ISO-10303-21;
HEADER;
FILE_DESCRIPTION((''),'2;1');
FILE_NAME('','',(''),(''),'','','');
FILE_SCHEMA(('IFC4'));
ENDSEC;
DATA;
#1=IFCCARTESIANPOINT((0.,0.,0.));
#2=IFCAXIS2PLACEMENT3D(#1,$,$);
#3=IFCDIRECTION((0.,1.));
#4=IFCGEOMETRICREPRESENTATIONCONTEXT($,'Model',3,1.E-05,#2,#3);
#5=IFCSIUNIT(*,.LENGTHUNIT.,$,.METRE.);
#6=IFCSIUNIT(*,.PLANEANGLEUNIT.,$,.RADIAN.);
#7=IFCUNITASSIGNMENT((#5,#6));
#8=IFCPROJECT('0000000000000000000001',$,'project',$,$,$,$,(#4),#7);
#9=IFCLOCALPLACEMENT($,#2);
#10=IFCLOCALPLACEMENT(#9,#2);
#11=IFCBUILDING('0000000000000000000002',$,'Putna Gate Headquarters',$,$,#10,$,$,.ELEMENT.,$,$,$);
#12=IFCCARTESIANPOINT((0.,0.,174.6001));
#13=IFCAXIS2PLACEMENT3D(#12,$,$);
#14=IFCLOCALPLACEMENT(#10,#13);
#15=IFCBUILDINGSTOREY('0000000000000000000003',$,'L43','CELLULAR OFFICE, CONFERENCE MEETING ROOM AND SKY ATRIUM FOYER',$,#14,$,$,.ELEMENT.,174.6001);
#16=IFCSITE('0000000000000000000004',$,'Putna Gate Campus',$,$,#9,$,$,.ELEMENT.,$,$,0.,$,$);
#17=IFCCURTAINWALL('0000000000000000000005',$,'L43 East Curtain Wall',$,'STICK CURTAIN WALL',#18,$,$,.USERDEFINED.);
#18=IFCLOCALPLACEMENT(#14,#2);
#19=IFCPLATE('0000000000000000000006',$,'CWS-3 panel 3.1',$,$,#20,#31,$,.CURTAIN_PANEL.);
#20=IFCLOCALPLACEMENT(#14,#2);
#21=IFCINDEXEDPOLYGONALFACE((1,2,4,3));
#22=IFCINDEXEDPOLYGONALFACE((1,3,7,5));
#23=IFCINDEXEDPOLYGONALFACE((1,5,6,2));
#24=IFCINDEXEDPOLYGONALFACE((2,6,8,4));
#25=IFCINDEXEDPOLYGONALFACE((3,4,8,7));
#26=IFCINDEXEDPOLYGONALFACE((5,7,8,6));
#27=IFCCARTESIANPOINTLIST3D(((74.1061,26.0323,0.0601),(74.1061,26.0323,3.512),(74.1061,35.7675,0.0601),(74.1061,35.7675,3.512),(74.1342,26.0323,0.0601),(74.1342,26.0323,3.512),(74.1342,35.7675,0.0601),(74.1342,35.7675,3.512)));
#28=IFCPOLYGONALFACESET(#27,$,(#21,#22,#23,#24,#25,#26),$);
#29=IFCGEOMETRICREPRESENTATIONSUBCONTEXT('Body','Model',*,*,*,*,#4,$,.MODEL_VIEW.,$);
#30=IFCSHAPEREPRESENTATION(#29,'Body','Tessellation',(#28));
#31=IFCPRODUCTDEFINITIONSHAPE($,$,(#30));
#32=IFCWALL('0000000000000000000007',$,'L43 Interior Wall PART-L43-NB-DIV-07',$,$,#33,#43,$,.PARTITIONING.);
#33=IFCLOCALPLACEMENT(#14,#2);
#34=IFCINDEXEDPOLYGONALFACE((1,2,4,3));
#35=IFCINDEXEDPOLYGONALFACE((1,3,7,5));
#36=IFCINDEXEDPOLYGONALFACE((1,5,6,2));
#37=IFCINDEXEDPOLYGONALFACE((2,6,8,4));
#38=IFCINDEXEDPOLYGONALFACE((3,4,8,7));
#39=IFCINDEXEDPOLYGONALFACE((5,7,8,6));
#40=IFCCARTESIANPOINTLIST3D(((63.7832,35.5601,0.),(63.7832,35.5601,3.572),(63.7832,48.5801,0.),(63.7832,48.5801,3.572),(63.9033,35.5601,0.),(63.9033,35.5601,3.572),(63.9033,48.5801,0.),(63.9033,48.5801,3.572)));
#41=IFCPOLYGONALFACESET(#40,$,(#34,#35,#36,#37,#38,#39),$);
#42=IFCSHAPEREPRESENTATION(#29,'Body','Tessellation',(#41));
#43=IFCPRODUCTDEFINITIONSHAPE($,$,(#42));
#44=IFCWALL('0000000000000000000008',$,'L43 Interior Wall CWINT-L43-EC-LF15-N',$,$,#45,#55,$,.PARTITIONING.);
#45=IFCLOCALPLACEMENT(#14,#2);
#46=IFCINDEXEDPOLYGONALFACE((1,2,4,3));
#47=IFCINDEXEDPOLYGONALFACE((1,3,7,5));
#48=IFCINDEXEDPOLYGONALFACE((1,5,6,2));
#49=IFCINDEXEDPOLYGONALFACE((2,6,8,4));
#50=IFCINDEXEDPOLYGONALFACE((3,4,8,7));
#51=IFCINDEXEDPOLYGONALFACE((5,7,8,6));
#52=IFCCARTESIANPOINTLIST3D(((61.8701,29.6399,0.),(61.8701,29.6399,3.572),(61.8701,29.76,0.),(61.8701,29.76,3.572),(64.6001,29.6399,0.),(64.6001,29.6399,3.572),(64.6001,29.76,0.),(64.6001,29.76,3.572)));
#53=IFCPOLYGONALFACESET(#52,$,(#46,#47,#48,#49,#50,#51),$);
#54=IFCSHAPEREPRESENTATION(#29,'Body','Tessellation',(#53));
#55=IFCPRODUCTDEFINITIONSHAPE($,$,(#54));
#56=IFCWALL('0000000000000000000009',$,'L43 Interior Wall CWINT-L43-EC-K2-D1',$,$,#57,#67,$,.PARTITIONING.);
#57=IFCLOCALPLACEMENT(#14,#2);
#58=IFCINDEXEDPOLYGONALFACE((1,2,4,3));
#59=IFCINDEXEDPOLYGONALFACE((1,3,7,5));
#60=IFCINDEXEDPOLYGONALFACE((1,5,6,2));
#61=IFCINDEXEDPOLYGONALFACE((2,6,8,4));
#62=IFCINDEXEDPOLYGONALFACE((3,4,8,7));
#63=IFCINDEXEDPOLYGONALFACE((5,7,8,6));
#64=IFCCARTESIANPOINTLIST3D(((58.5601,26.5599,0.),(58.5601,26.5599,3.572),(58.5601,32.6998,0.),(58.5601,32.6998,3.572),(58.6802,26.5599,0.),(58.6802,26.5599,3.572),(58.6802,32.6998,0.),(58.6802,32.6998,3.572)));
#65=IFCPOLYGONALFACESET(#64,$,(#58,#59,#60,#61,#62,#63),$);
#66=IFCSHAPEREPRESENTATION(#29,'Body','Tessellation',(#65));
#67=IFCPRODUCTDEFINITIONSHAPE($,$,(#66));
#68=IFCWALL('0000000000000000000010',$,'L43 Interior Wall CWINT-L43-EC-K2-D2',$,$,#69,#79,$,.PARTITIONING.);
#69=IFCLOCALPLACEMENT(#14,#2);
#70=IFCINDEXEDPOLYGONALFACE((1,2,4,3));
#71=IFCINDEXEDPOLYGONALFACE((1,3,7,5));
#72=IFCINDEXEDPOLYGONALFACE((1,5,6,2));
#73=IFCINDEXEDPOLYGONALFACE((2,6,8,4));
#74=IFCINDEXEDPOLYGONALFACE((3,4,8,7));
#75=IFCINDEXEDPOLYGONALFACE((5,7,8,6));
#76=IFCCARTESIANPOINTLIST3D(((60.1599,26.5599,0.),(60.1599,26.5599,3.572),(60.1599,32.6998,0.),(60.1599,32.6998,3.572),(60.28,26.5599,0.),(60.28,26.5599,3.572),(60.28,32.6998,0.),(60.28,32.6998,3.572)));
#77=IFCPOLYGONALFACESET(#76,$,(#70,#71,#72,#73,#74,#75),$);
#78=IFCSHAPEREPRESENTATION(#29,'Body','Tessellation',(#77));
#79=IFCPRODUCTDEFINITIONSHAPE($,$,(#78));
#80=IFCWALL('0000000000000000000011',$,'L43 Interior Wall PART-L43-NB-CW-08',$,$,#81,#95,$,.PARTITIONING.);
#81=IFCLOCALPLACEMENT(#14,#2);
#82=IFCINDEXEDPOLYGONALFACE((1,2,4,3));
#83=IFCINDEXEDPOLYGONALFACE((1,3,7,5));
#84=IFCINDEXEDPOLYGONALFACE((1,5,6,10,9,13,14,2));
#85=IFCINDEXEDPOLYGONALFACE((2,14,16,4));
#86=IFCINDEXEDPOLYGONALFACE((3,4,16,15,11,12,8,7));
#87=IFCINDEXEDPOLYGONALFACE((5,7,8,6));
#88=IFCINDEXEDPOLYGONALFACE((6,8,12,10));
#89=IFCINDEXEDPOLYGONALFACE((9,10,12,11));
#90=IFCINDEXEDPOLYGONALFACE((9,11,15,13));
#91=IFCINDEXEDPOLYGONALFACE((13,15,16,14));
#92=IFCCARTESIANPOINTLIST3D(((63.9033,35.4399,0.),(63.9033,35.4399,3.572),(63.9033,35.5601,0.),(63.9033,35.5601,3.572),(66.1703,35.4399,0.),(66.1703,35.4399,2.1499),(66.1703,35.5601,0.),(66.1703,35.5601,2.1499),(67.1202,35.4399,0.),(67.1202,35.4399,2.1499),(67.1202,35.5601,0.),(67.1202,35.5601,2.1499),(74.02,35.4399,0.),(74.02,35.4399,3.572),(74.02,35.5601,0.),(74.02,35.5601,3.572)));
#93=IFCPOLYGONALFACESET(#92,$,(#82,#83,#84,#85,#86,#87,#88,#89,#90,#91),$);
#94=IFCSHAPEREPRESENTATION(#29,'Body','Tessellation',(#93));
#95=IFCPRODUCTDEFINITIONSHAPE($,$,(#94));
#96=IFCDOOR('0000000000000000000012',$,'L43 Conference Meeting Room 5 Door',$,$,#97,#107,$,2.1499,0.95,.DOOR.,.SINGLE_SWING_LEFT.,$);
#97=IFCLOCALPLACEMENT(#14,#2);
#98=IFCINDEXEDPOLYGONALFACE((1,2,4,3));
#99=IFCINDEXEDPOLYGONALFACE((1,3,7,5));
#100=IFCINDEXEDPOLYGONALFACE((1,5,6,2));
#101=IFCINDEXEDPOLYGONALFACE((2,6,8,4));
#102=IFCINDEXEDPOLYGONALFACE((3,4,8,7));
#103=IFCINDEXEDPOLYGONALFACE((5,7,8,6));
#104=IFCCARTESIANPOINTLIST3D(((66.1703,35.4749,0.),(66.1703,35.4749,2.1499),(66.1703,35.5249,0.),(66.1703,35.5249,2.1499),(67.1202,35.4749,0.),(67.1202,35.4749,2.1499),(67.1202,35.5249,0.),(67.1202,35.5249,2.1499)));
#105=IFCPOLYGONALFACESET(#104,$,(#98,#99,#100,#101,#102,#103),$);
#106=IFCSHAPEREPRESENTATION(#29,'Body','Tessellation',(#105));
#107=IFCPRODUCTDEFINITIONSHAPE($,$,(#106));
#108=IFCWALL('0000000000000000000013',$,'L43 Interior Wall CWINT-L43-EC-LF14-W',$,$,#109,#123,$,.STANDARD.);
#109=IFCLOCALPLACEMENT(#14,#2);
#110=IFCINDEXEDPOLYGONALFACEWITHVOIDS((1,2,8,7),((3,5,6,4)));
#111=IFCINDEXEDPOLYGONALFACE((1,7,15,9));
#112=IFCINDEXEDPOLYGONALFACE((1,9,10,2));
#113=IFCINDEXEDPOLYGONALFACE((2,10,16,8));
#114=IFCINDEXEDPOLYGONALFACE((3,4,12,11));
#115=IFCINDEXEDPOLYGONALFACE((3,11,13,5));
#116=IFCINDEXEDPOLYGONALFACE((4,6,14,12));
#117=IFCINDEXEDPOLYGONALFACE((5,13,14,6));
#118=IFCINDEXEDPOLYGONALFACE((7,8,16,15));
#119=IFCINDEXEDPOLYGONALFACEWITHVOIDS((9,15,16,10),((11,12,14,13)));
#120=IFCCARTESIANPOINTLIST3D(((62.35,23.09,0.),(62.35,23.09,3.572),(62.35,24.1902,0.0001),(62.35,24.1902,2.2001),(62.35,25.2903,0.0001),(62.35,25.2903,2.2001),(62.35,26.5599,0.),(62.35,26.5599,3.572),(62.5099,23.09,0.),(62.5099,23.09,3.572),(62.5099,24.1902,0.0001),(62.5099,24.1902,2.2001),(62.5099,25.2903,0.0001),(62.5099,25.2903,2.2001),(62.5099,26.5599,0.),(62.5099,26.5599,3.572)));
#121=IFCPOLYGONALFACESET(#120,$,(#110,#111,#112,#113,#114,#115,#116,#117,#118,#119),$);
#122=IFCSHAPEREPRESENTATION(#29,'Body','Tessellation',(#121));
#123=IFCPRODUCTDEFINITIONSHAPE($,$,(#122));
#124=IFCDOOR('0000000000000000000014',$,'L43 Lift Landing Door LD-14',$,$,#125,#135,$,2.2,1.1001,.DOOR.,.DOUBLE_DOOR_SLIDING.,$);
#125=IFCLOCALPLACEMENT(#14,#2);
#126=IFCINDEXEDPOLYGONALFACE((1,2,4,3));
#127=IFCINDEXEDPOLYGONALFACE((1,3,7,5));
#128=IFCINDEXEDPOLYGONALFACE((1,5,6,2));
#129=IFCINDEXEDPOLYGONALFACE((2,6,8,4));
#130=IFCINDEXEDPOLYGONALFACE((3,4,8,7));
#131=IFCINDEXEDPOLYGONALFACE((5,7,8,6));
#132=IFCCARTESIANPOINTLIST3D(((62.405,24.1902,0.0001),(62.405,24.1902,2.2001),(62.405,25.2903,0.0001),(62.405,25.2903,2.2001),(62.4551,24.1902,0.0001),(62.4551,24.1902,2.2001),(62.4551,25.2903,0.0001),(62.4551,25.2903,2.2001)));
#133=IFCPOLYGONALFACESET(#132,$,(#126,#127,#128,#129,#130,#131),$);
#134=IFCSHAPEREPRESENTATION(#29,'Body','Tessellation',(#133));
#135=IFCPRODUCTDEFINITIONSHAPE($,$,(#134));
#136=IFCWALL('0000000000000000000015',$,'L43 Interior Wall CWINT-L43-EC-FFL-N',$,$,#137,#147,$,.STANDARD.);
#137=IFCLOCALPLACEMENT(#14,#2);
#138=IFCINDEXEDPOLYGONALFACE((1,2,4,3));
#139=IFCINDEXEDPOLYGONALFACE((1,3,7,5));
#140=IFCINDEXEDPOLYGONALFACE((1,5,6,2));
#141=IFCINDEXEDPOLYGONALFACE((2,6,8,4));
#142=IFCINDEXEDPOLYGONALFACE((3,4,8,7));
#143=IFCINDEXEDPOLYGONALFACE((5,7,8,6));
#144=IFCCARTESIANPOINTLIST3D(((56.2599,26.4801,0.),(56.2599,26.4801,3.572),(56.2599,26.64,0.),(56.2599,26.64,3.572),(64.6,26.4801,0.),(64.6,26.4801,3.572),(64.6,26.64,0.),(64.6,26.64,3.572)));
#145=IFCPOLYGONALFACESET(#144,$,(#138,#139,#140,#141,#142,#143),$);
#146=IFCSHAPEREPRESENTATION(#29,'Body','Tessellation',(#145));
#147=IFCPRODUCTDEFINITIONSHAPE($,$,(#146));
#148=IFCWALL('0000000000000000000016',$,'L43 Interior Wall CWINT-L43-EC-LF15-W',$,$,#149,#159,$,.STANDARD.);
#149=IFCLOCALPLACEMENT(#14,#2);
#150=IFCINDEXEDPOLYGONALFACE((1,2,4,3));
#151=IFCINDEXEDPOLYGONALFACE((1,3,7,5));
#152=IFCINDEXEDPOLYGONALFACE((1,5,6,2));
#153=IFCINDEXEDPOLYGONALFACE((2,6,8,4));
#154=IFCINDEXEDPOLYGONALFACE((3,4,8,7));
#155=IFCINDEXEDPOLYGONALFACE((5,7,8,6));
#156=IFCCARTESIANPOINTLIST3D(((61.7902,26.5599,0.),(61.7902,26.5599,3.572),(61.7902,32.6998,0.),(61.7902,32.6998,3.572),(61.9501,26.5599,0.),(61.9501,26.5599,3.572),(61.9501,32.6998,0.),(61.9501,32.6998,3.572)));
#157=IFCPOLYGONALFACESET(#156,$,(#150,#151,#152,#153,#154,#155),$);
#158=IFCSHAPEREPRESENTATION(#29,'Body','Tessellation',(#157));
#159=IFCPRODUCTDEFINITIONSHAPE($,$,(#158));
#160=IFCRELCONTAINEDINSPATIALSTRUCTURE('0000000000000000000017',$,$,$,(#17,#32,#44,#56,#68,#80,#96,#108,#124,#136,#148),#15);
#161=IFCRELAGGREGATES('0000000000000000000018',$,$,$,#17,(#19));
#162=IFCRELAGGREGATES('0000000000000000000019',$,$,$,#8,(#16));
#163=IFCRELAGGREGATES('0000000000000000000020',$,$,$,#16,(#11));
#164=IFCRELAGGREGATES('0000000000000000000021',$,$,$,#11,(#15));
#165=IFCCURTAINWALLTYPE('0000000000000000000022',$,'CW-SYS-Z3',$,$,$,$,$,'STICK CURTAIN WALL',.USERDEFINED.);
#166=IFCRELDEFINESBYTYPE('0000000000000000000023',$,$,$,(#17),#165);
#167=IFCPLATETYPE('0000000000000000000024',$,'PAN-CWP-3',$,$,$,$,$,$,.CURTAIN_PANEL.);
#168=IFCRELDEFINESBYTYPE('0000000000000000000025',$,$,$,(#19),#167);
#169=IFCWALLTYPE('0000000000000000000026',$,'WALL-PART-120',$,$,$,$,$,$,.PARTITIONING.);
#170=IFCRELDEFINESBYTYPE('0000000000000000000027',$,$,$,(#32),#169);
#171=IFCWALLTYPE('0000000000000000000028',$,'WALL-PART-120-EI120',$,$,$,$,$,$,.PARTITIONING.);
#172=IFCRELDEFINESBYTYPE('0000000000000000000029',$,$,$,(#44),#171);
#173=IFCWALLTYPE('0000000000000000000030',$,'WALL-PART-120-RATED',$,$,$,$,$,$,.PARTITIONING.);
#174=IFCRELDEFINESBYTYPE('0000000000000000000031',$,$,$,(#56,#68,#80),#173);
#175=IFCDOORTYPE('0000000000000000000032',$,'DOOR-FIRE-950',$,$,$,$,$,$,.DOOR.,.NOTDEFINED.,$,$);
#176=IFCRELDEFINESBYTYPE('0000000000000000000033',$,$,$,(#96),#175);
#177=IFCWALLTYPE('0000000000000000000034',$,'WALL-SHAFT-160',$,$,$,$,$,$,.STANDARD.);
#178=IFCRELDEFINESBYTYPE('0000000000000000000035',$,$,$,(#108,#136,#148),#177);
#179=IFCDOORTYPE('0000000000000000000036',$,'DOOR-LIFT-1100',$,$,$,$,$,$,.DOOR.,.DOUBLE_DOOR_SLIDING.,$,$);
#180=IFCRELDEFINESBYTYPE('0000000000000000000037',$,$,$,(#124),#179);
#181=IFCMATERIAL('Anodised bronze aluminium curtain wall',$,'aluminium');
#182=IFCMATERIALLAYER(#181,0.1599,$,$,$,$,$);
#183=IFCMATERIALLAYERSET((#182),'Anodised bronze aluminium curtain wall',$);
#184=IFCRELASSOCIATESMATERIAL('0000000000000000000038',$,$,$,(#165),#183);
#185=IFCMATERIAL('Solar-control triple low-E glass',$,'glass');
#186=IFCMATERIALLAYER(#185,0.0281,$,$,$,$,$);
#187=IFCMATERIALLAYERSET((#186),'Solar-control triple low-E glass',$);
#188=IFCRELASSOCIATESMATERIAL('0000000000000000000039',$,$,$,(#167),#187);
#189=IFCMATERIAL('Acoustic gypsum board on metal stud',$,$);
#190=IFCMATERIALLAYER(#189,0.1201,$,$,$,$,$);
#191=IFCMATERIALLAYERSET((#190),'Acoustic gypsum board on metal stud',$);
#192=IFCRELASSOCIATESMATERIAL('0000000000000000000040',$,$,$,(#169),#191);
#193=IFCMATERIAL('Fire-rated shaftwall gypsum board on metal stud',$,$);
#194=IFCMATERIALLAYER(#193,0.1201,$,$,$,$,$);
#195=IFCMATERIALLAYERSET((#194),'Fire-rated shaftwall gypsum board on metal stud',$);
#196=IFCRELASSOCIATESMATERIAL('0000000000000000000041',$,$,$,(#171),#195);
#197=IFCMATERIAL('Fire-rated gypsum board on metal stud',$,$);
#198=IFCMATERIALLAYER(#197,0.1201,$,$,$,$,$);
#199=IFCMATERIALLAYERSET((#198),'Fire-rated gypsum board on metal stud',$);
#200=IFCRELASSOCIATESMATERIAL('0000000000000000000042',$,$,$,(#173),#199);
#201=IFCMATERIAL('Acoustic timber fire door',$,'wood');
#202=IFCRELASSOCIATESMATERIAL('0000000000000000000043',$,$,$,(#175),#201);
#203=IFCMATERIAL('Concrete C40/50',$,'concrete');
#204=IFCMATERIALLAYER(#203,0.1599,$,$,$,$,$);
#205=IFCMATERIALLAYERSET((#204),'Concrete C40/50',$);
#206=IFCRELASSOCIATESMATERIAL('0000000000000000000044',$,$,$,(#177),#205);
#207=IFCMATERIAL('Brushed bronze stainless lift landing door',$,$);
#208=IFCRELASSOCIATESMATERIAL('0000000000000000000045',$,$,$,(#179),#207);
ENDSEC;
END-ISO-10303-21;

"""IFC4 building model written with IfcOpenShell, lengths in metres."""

from ifc_helpers import new_model, si_unit, direction, frame, frame_2d, origin, origin_2d, place, context, subcontext, project, spatial, rectangle, extrude, material, layer, layer_set, type_object, element, fill, aggregate, save


model = new_model("IFC4")

# Units and contexts
model_context = context("Model", 3, precision=1e-05, world=origin(), true_north=direction((0.0, 1.0)))
body_context = subcontext(model_context, "Body", "Model", "MODEL_VIEW")
ifc_project = project(units=[si_unit("LENGTHUNIT", "METRE"), si_unit("PLANEANGLEUNIT", "RADIAN")], contexts=[model_context])

# Site, building, storey
site_placement = place(None, origin())
site = spatial("IfcSite", under=ifc_project, at=site_placement, Name="Putna Gate Campus", CompositionType="ELEMENT", RefElevation=0.0)
building_placement = place(site_placement, origin())
building = spatial("IfcBuilding", under=site, at=building_placement, Name="Putna Gate Headquarters", CompositionType="ELEMENT")
storey_placement = place(building_placement, frame((0.0, 0.0, 174.6001)))
storey = spatial("IfcBuildingStorey", under=building, at=storey_placement, Name="L43", Description="CELLULAR OFFICE, CONFERENCE MEETING ROOM AND SKY ATRIUM FOYER", CompositionType="ELEMENT", Elevation=174.6001)

# Curtain wall, plate
ifc_material_1 = material(Name="Anodised bronze aluminium curtain wall", Category="aluminium")
ifc_layer_1 = layer(ifc_material_1, 0.1599)
ifc_layer_set_1 = layer_set([ifc_layer_1], Name="Anodised bronze aluminium curtain wall")
curtain_wall_type = type_object("IfcCurtainWallType", Name="CW-SYS-Z3", ElementType="STICK CURTAIN WALL", PredefinedType="USERDEFINED", material=ifc_layer_set_1)
curtain_wall_placement = place(storey_placement, origin())
curtain_wall = element("IfcCurtainWall", 1, at=curtain_wall_placement, inside=storey, type_object=curtain_wall_type, Name="L43 East Curtain Wall", ObjectType="STICK CURTAIN WALL", PredefinedType="USERDEFINED")
ifc_material_2 = material(Name="Solar-control triple low-E glass", Category="glass")
ifc_layer_2 = layer(ifc_material_2, 0.0281)
ifc_layer_set_2 = layer_set([ifc_layer_2], Name="Solar-control triple low-E glass")
plate_type = type_object("IfcPlateType", Name="PAN-CWP-3", PredefinedType="CURTAIN_PANEL", material=ifc_layer_set_2)
plate_placement = place(storey_placement, frame((74.1201, 30.8999, 0.0601), z_axis=(0.0, 0.0, 1.0), x_axis=(0.0, 1.0, 0.0)))
plate = element("IfcPlate", 2, at=plate_placement, type_object=plate_type, Name="CWS-3 panel 3.1", PredefinedType="CURTAIN_PANEL", context=body_context, shape_type="SweptSolid", body=[
    extrude(rectangle(XDim=9.7351, YDim=0.0281, at=origin_2d()), origin(), (0.0, 0.0, 1.0), 3.4519),
])
aggregate(curtain_wall, [plate])

# Walls
ifc_material_3 = material(Name="Acoustic gypsum board on metal stud")
ifc_layer_3 = layer(ifc_material_3, 0.1201)
ifc_layer_set_3 = layer_set([ifc_layer_3], Name="Acoustic gypsum board on metal stud")
wall_type_1 = type_object("IfcWallType", Name="WALL-PART-120", PredefinedType="PARTITIONING", material=ifc_layer_set_3)
wall_1_placement = place(storey_placement, frame((63.8433, 35.5601, 0.0), z_axis=(0.0, 0.0, 1.0), x_axis=(0.0, 1.0, 0.0)))
element("IfcWall", 3, at=wall_1_placement, inside=storey, type_object=wall_type_1, Name="L43 Interior Wall PART-L43-NB-DIV-07", PredefinedType="PARTITIONING", context=body_context, shape_type="SweptSolid", body=[
    extrude(rectangle(XDim=13.02, YDim=0.1201, at=frame_2d((6.51, 0.0))), origin(), (0.0, 0.0, 1.0), 3.572),
])
ifc_material_4 = material(Name="Fire-rated shaftwall gypsum board on metal stud")
ifc_layer_4 = layer(ifc_material_4, 0.1201)
ifc_layer_set_4 = layer_set([ifc_layer_4], Name="Fire-rated shaftwall gypsum board on metal stud")
wall_type_2 = type_object("IfcWallType", Name="WALL-PART-120-EI120", PredefinedType="PARTITIONING", material=ifc_layer_set_4)
wall_2_placement = place(storey_placement, frame((61.8701, 29.7, 0.0), z_axis=(0.0, 0.0, 1.0), x_axis=(1.0, 0.0, 0.0)))
element("IfcWall", 4, at=wall_2_placement, inside=storey, type_object=wall_type_2, Name="L43 Interior Wall CWINT-L43-EC-LF15-N", PredefinedType="PARTITIONING", context=body_context, shape_type="SweptSolid", body=[
    extrude(rectangle(XDim=2.73, YDim=0.1201, at=frame_2d((1.365, 0.0))), origin(), (0.0, 0.0, 1.0), 3.572),
])
ifc_material_5 = material(Name="Fire-rated gypsum board on metal stud")
ifc_layer_5 = layer(ifc_material_5, 0.1201)
ifc_layer_set_5 = layer_set([ifc_layer_5], Name="Fire-rated gypsum board on metal stud")
wall_type_3 = type_object("IfcWallType", Name="WALL-PART-120-RATED", PredefinedType="PARTITIONING", material=ifc_layer_set_5)
for number, where, z_axis, x_axis, name in (
    (5, (58.6201, 26.5601, 0.0), (0.0, 0.0, 1.0), (0.0, 1.0, 0.0), "L43 Interior Wall CWINT-L43-EC-K2-D1"),
    (6, (60.22, 26.5601, 0.0), (0.0, 0.0, 1.0), (0.0, 1.0, 0.0), "L43 Interior Wall CWINT-L43-EC-K2-D2"),
):
    element("IfcWall", number, at=place(storey_placement, frame(where, z_axis=z_axis, x_axis=x_axis)), inside=storey, type_object=wall_type_3, Name=name, PredefinedType="PARTITIONING", context=body_context, shape_type="SweptSolid", body=[
        extrude(rectangle(XDim=6.1399, YDim=0.1201, at=frame_2d((3.0698, 0.0))), origin(), (0.0, 0.0, 1.0), 3.572),
    ])

# Walls, openings, doors
wall_3_placement = place(storey_placement, frame((63.9033, 35.5, 0.0), z_axis=(0.0, 0.0, 1.0), x_axis=(1.0, 0.0, 0.0)))
wall_3 = element("IfcWall", 7, at=wall_3_placement, inside=storey, type_object=wall_type_3, Name="L43 Interior Wall PART-L43-NB-CW-08", PredefinedType="PARTITIONING", context=body_context, shape_type="SweptSolid", body=[
    extrude(rectangle(XDim=10.1167, YDim=0.1201, at=frame_2d((5.0583, 0.0))), origin(), (0.0, 0.0, 1.0), 3.572),
])
opening_1_placement = place(wall_3_placement, frame((2.2668, 0.0, 0.0)))
opening_1 = element("IfcOpeningElement", 8, at=opening_1_placement, cuts=wall_3, PredefinedType="OPENING", context=body_context, shape_type="SweptSolid", body=[
    extrude(rectangle(XDim=0.95, YDim=2.1499, at=frame_2d((0.4751, 1.075))), frame((0.0, 0.0701, 0.0), z_axis=(0.0, -1.0, 0.0), x_axis=(1.0, 0.0, 0.0)), (0.0, 0.0, 1.0), 0.1401),
])
ifc_material_6 = material(Name="Acoustic timber fire door", Category="wood")
door_type_1 = type_object("IfcDoorType", Name="DOOR-FIRE-950", OperationType="NOTDEFINED", PredefinedType="DOOR", material=ifc_material_6)
door_1_placement = place(opening_1_placement, origin())
door_1 = element("IfcDoor", 9, at=door_1_placement, inside=storey, type_object=door_type_1, Name="L43 Conference Meeting Room 5 Door", OperationType="SINGLE_SWING_LEFT", OverallHeight=2.1499, OverallWidth=0.95, PredefinedType="DOOR", context=body_context, shape_type="SweptSolid", body=[
    extrude(rectangle(XDim=0.95, YDim=2.1499, at=frame_2d((0.4751, 1.075))), frame((0.0, 0.0249, 0.0), z_axis=(0.0, -1.0, 0.0), x_axis=(1.0, 0.0, 0.0)), (0.0, 0.0, 1.0), 0.05),
])
fill(opening_1, door_1)
ifc_material_7 = material(Name="Concrete C40/50", Category="concrete")
ifc_layer_6 = layer(ifc_material_7, 0.1599)
ifc_layer_set_6 = layer_set([ifc_layer_6], Name="Concrete C40/50")
wall_type_4 = type_object("IfcWallType", Name="WALL-SHAFT-160", PredefinedType="STANDARD", material=ifc_layer_set_6)
wall_4_placement = place(storey_placement, frame((62.4299, 23.0901, 0.0), z_axis=(0.0, 0.0, 1.0), x_axis=(0.0, 1.0, 0.0)))
wall_4 = element("IfcWall", 10, at=wall_4_placement, inside=storey, type_object=wall_type_4, Name="L43 Interior Wall CWINT-L43-EC-LF14-W", PredefinedType="STANDARD", context=body_context, shape_type="SweptSolid", body=[
    extrude(rectangle(XDim=3.47, YDim=0.1599, at=frame_2d((1.7349, 0.0))), origin(), (0.0, 0.0, 1.0), 3.572),
])
opening_2_placement = place(wall_4_placement, frame((1.1001, 0.0, 0.0)))
opening_2 = element("IfcOpeningElement", 11, at=opening_2_placement, cuts=wall_4, PredefinedType="OPENING", context=body_context, shape_type="SweptSolid", body=[
    extrude(rectangle(XDim=1.1001, YDim=2.2, at=frame_2d((0.55, 1.1001))), frame((0.0, 0.0898, 0.0), z_axis=(0.0, -1.0, 0.0), x_axis=(1.0, 0.0, 0.0)), (0.0, 0.0, 1.0), 0.1799),
])
ifc_material_8 = material(Name="Brushed bronze stainless lift landing door")
door_type_2 = type_object("IfcDoorType", Name="DOOR-LIFT-1100", OperationType="DOUBLE_DOOR_SLIDING", PredefinedType="DOOR", material=ifc_material_8)
door_2_placement = place(opening_2_placement, origin())
door_2 = element("IfcDoor", 12, at=door_2_placement, inside=storey, type_object=door_type_2, Name="L43 Lift Landing Door LD-14", OperationType="DOUBLE_DOOR_SLIDING", OverallHeight=2.2, OverallWidth=1.1001, PredefinedType="DOOR", context=body_context, shape_type="SweptSolid", body=[
    extrude(rectangle(XDim=1.1001, YDim=2.2, at=frame_2d((0.55, 1.1001))), frame((0.0, 0.0249, 0.0), z_axis=(0.0, -1.0, 0.0), x_axis=(1.0, 0.0, 0.0)), (0.0, 0.0, 1.0), 0.05),
])
fill(opening_2, door_2)

# Walls
wall_5_placement = place(storey_placement, frame((56.26, 26.5601, 0.0), z_axis=(0.0, 0.0, 1.0), x_axis=(1.0, 0.0, 0.0)))
element("IfcWall", 13, at=wall_5_placement, inside=storey, type_object=wall_type_4, Name="L43 Interior Wall CWINT-L43-EC-FFL-N", PredefinedType="STANDARD", context=body_context, shape_type="SweptSolid", body=[
    extrude(rectangle(XDim=8.3401, YDim=0.1599, at=frame_2d((4.1699, 0.0))), origin(), (0.0, 0.0, 1.0), 3.572),
])
wall_6_placement = place(storey_placement, frame((61.8701, 26.5601, 0.0), z_axis=(0.0, 0.0, 1.0), x_axis=(0.0, 1.0, 0.0)))
element("IfcWall", 14, at=wall_6_placement, inside=storey, type_object=wall_type_4, Name="L43 Interior Wall CWINT-L43-EC-LF15-W", PredefinedType="STANDARD", context=body_context, shape_type="SweptSolid", body=[
    extrude(rectangle(XDim=6.1399, YDim=0.1599, at=frame_2d((3.0698, 0.0))), origin(), (0.0, 0.0, 1.0), 3.572),
])

save(model, "model.ifc")
